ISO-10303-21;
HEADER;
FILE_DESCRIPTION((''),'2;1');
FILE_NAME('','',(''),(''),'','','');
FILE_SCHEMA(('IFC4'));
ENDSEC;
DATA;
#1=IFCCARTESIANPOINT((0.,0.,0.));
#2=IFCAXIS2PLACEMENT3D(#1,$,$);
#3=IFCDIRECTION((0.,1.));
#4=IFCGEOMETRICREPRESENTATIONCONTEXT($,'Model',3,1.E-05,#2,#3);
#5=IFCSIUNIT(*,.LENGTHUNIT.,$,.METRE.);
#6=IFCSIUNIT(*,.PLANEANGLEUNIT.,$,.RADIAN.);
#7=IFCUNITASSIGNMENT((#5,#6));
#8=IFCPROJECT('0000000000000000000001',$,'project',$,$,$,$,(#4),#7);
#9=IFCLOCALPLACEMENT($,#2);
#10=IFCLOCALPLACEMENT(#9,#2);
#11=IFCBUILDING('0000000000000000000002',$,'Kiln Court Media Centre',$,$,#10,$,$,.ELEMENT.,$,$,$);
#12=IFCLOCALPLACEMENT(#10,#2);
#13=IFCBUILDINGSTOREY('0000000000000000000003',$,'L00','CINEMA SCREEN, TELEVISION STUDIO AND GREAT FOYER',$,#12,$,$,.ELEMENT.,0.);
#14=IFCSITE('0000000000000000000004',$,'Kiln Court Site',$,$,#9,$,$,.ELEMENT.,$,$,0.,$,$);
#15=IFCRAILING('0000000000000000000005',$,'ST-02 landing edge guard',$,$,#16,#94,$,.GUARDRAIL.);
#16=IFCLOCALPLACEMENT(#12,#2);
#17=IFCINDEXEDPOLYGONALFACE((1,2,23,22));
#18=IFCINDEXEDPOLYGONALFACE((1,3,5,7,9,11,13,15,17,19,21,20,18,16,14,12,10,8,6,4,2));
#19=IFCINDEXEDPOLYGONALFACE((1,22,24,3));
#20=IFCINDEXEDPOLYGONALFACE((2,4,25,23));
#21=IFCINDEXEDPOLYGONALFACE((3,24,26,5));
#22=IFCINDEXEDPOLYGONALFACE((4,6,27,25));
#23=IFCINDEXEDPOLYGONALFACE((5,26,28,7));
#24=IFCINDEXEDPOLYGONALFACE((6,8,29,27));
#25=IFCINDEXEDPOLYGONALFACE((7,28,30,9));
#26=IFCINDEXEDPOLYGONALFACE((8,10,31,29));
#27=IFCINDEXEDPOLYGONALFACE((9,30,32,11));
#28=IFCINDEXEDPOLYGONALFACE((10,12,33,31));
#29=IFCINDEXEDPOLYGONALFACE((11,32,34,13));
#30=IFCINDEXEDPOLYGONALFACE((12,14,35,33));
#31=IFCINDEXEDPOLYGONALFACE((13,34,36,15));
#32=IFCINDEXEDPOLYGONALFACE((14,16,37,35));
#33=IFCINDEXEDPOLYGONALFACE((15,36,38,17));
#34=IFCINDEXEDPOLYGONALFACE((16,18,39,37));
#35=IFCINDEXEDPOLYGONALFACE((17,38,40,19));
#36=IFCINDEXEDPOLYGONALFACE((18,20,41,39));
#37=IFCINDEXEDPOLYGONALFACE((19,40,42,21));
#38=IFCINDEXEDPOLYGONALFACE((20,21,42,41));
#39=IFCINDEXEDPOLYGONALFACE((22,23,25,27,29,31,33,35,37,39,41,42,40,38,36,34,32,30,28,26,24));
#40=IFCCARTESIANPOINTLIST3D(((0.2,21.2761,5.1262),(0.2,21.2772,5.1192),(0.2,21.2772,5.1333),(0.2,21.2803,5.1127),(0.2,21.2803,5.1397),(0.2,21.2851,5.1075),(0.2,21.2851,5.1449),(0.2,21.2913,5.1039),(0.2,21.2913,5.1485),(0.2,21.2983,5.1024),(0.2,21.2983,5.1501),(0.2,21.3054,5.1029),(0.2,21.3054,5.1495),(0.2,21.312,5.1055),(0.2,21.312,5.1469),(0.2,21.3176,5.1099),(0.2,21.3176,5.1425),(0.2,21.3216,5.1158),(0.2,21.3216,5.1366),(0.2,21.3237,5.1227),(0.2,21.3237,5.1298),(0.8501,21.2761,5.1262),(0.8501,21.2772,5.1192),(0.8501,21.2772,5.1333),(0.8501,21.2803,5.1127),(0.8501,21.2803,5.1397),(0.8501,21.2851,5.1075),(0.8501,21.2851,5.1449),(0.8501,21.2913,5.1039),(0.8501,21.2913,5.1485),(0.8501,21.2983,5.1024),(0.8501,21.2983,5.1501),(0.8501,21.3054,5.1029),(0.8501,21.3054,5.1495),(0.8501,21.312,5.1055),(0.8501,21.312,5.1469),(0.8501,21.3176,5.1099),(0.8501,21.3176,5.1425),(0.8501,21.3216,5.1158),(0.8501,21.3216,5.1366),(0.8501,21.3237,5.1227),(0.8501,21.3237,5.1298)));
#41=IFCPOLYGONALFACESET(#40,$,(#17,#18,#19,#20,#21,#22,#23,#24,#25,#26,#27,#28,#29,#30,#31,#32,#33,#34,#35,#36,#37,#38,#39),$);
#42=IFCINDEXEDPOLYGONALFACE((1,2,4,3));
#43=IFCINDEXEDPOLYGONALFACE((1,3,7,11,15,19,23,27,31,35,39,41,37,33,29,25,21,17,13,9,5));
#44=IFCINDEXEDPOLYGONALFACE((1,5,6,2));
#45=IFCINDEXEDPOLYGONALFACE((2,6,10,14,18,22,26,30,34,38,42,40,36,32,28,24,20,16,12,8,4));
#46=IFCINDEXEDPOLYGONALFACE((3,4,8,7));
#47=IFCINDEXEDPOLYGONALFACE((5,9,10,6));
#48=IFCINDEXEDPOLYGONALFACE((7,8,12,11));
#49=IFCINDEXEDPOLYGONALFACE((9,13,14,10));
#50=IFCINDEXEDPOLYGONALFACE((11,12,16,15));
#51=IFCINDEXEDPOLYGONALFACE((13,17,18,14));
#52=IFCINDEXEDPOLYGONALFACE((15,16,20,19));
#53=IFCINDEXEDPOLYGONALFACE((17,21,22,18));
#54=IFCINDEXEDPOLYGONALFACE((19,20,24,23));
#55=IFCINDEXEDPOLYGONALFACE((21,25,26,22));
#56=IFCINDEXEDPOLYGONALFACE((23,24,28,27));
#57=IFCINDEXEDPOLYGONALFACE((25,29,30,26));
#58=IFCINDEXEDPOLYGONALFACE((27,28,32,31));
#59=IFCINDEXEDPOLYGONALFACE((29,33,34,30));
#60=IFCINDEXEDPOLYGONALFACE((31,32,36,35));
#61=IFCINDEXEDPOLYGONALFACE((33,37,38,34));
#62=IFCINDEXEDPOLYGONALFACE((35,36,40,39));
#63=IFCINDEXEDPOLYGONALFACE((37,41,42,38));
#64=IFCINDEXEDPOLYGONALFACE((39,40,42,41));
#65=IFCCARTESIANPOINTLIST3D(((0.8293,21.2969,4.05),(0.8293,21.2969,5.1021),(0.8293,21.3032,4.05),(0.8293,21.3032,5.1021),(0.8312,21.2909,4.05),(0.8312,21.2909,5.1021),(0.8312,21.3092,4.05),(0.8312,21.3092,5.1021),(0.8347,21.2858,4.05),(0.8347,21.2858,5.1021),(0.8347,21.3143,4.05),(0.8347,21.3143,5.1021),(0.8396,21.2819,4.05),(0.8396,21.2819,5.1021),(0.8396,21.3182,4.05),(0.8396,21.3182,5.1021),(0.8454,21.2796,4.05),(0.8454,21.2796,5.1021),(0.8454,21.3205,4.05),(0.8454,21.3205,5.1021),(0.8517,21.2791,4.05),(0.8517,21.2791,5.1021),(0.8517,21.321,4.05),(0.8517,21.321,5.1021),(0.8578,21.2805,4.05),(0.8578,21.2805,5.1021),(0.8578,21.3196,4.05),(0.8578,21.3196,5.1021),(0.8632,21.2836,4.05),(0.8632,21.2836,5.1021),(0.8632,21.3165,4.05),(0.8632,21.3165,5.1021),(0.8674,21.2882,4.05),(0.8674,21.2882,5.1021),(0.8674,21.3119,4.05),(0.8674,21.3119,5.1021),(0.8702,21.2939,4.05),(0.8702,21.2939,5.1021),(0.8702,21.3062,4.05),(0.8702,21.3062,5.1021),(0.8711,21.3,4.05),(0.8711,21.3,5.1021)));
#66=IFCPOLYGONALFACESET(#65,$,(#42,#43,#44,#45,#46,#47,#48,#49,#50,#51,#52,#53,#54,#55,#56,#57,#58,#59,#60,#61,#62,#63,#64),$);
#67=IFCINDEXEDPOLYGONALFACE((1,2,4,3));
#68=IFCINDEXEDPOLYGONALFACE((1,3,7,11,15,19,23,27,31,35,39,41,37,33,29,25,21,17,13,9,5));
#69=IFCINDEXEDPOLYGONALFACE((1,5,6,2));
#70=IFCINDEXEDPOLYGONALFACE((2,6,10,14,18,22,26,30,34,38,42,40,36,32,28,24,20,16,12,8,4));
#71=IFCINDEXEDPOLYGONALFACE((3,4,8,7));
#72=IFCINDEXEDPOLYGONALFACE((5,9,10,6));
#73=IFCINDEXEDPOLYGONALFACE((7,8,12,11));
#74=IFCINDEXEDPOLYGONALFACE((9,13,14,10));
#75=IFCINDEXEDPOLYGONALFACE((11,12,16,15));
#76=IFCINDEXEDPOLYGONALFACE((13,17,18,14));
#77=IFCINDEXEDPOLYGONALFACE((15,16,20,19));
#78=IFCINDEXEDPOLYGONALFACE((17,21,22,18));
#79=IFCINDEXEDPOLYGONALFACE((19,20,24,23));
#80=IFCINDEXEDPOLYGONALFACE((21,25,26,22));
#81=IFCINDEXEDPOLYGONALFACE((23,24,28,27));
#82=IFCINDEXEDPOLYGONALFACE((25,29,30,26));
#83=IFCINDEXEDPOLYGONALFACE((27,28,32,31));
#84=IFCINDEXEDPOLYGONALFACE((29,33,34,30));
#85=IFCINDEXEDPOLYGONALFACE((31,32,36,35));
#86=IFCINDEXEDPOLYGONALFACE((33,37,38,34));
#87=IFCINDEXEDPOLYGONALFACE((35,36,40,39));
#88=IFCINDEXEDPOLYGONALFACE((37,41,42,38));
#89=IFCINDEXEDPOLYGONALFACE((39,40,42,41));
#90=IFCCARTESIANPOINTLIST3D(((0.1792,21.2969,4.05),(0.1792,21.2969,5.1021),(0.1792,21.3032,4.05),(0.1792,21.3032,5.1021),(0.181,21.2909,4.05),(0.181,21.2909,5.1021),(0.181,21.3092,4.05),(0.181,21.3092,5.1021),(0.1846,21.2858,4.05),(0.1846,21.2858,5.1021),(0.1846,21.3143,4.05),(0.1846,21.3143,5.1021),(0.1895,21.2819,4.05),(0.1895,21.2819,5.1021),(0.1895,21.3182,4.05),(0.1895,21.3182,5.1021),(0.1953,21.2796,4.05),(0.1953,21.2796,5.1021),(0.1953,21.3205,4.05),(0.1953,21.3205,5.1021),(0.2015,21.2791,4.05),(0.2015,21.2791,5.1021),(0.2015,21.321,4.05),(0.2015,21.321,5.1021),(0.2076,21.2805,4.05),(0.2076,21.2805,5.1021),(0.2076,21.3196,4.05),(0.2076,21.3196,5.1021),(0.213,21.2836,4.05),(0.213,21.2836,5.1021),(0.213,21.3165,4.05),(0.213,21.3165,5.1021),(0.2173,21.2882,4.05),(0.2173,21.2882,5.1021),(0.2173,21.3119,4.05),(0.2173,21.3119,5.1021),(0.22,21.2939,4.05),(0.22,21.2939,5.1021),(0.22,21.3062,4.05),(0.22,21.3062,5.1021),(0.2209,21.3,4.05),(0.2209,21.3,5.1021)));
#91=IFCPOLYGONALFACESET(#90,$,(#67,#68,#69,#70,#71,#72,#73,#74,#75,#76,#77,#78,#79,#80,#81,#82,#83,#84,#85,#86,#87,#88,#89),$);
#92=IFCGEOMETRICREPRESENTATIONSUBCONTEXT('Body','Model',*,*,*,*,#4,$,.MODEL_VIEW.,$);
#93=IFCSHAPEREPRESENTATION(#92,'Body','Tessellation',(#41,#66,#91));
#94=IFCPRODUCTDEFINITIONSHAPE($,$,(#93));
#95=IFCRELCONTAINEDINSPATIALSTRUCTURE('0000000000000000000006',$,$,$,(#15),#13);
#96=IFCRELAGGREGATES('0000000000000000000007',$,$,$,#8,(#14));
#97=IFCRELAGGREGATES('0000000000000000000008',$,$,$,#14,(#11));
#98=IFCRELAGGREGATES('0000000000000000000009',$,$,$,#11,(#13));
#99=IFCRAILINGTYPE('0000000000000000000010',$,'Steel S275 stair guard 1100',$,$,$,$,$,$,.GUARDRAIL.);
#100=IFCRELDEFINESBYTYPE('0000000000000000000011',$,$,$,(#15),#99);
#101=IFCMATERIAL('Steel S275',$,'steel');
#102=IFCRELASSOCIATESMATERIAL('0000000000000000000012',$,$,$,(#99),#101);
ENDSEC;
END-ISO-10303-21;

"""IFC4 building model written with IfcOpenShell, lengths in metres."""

from ifc_helpers import new_model, si_unit, direction, frame, origin, origin_2d, place, context, subcontext, project, spatial, circle, extrude, material, type_object, element, save


model = new_model("IFC4")

# Units and contexts
model_context = context("Model", 3, precision=1e-05, world=origin(), true_north=direction((0.0, 1.0)))
body_context = subcontext(model_context, "Body", "Model", "MODEL_VIEW")
ifc_project = project(units=[si_unit("LENGTHUNIT", "METRE"), si_unit("PLANEANGLEUNIT", "RADIAN")], contexts=[model_context])

# Site, building, storey
site_placement = place(None, origin())
site = spatial("IfcSite", under=ifc_project, at=site_placement, Name="Kiln Court Site", CompositionType="ELEMENT", RefElevation=0.0)
building_placement = place(site_placement, origin())
building = spatial("IfcBuilding", under=site, at=building_placement, Name="Kiln Court Media Centre", CompositionType="ELEMENT")
storey_placement = place(building_placement, origin())
storey = spatial("IfcBuildingStorey", under=building, at=storey_placement, Name="L00", Description="CINEMA SCREEN, TELEVISION STUDIO AND GREAT FOYER", CompositionType="ELEMENT", Elevation=0.0)

# Railing
ifc_material_1 = material(Name="Steel S275", Category="steel")
railing_type_1 = type_object("IfcRailingType", Name="Steel S275 stair guard 1100", PredefinedType="GUARDRAIL", material=ifc_material_1)
for number, where, name in (
    (1, (0.8501, 21.3, 4.05), "ST-02 landing edge guard"),
):
    element("IfcRailing", number, at=place(storey_placement, frame(where)), inside=storey, type_object=railing_type_1, Name=name, PredefinedType="GUARDRAIL", context=body_context, shape_type="SweptSolid", body=[
        extrude(circle(Radius=0.0239, at=origin_2d()), frame((0.0, 0.0, 1.0762), z_axis=(-1.0, 0.0, 0.0), x_axis=(0.0, -1.0, 0.0)), (0.0, 0.0, 1.0), 0.6501),
        extrude(circle(Radius=0.021, at=origin_2d()), origin(), (0.0, 0.0, 1.0), 1.052),
        extrude(circle(Radius=0.021, at=origin_2d()), frame((-0.6501, 0.0, 0.0)), (0.0, 0.0, 1.0), 1.052),
    ])

save(model, "model.ifc")
